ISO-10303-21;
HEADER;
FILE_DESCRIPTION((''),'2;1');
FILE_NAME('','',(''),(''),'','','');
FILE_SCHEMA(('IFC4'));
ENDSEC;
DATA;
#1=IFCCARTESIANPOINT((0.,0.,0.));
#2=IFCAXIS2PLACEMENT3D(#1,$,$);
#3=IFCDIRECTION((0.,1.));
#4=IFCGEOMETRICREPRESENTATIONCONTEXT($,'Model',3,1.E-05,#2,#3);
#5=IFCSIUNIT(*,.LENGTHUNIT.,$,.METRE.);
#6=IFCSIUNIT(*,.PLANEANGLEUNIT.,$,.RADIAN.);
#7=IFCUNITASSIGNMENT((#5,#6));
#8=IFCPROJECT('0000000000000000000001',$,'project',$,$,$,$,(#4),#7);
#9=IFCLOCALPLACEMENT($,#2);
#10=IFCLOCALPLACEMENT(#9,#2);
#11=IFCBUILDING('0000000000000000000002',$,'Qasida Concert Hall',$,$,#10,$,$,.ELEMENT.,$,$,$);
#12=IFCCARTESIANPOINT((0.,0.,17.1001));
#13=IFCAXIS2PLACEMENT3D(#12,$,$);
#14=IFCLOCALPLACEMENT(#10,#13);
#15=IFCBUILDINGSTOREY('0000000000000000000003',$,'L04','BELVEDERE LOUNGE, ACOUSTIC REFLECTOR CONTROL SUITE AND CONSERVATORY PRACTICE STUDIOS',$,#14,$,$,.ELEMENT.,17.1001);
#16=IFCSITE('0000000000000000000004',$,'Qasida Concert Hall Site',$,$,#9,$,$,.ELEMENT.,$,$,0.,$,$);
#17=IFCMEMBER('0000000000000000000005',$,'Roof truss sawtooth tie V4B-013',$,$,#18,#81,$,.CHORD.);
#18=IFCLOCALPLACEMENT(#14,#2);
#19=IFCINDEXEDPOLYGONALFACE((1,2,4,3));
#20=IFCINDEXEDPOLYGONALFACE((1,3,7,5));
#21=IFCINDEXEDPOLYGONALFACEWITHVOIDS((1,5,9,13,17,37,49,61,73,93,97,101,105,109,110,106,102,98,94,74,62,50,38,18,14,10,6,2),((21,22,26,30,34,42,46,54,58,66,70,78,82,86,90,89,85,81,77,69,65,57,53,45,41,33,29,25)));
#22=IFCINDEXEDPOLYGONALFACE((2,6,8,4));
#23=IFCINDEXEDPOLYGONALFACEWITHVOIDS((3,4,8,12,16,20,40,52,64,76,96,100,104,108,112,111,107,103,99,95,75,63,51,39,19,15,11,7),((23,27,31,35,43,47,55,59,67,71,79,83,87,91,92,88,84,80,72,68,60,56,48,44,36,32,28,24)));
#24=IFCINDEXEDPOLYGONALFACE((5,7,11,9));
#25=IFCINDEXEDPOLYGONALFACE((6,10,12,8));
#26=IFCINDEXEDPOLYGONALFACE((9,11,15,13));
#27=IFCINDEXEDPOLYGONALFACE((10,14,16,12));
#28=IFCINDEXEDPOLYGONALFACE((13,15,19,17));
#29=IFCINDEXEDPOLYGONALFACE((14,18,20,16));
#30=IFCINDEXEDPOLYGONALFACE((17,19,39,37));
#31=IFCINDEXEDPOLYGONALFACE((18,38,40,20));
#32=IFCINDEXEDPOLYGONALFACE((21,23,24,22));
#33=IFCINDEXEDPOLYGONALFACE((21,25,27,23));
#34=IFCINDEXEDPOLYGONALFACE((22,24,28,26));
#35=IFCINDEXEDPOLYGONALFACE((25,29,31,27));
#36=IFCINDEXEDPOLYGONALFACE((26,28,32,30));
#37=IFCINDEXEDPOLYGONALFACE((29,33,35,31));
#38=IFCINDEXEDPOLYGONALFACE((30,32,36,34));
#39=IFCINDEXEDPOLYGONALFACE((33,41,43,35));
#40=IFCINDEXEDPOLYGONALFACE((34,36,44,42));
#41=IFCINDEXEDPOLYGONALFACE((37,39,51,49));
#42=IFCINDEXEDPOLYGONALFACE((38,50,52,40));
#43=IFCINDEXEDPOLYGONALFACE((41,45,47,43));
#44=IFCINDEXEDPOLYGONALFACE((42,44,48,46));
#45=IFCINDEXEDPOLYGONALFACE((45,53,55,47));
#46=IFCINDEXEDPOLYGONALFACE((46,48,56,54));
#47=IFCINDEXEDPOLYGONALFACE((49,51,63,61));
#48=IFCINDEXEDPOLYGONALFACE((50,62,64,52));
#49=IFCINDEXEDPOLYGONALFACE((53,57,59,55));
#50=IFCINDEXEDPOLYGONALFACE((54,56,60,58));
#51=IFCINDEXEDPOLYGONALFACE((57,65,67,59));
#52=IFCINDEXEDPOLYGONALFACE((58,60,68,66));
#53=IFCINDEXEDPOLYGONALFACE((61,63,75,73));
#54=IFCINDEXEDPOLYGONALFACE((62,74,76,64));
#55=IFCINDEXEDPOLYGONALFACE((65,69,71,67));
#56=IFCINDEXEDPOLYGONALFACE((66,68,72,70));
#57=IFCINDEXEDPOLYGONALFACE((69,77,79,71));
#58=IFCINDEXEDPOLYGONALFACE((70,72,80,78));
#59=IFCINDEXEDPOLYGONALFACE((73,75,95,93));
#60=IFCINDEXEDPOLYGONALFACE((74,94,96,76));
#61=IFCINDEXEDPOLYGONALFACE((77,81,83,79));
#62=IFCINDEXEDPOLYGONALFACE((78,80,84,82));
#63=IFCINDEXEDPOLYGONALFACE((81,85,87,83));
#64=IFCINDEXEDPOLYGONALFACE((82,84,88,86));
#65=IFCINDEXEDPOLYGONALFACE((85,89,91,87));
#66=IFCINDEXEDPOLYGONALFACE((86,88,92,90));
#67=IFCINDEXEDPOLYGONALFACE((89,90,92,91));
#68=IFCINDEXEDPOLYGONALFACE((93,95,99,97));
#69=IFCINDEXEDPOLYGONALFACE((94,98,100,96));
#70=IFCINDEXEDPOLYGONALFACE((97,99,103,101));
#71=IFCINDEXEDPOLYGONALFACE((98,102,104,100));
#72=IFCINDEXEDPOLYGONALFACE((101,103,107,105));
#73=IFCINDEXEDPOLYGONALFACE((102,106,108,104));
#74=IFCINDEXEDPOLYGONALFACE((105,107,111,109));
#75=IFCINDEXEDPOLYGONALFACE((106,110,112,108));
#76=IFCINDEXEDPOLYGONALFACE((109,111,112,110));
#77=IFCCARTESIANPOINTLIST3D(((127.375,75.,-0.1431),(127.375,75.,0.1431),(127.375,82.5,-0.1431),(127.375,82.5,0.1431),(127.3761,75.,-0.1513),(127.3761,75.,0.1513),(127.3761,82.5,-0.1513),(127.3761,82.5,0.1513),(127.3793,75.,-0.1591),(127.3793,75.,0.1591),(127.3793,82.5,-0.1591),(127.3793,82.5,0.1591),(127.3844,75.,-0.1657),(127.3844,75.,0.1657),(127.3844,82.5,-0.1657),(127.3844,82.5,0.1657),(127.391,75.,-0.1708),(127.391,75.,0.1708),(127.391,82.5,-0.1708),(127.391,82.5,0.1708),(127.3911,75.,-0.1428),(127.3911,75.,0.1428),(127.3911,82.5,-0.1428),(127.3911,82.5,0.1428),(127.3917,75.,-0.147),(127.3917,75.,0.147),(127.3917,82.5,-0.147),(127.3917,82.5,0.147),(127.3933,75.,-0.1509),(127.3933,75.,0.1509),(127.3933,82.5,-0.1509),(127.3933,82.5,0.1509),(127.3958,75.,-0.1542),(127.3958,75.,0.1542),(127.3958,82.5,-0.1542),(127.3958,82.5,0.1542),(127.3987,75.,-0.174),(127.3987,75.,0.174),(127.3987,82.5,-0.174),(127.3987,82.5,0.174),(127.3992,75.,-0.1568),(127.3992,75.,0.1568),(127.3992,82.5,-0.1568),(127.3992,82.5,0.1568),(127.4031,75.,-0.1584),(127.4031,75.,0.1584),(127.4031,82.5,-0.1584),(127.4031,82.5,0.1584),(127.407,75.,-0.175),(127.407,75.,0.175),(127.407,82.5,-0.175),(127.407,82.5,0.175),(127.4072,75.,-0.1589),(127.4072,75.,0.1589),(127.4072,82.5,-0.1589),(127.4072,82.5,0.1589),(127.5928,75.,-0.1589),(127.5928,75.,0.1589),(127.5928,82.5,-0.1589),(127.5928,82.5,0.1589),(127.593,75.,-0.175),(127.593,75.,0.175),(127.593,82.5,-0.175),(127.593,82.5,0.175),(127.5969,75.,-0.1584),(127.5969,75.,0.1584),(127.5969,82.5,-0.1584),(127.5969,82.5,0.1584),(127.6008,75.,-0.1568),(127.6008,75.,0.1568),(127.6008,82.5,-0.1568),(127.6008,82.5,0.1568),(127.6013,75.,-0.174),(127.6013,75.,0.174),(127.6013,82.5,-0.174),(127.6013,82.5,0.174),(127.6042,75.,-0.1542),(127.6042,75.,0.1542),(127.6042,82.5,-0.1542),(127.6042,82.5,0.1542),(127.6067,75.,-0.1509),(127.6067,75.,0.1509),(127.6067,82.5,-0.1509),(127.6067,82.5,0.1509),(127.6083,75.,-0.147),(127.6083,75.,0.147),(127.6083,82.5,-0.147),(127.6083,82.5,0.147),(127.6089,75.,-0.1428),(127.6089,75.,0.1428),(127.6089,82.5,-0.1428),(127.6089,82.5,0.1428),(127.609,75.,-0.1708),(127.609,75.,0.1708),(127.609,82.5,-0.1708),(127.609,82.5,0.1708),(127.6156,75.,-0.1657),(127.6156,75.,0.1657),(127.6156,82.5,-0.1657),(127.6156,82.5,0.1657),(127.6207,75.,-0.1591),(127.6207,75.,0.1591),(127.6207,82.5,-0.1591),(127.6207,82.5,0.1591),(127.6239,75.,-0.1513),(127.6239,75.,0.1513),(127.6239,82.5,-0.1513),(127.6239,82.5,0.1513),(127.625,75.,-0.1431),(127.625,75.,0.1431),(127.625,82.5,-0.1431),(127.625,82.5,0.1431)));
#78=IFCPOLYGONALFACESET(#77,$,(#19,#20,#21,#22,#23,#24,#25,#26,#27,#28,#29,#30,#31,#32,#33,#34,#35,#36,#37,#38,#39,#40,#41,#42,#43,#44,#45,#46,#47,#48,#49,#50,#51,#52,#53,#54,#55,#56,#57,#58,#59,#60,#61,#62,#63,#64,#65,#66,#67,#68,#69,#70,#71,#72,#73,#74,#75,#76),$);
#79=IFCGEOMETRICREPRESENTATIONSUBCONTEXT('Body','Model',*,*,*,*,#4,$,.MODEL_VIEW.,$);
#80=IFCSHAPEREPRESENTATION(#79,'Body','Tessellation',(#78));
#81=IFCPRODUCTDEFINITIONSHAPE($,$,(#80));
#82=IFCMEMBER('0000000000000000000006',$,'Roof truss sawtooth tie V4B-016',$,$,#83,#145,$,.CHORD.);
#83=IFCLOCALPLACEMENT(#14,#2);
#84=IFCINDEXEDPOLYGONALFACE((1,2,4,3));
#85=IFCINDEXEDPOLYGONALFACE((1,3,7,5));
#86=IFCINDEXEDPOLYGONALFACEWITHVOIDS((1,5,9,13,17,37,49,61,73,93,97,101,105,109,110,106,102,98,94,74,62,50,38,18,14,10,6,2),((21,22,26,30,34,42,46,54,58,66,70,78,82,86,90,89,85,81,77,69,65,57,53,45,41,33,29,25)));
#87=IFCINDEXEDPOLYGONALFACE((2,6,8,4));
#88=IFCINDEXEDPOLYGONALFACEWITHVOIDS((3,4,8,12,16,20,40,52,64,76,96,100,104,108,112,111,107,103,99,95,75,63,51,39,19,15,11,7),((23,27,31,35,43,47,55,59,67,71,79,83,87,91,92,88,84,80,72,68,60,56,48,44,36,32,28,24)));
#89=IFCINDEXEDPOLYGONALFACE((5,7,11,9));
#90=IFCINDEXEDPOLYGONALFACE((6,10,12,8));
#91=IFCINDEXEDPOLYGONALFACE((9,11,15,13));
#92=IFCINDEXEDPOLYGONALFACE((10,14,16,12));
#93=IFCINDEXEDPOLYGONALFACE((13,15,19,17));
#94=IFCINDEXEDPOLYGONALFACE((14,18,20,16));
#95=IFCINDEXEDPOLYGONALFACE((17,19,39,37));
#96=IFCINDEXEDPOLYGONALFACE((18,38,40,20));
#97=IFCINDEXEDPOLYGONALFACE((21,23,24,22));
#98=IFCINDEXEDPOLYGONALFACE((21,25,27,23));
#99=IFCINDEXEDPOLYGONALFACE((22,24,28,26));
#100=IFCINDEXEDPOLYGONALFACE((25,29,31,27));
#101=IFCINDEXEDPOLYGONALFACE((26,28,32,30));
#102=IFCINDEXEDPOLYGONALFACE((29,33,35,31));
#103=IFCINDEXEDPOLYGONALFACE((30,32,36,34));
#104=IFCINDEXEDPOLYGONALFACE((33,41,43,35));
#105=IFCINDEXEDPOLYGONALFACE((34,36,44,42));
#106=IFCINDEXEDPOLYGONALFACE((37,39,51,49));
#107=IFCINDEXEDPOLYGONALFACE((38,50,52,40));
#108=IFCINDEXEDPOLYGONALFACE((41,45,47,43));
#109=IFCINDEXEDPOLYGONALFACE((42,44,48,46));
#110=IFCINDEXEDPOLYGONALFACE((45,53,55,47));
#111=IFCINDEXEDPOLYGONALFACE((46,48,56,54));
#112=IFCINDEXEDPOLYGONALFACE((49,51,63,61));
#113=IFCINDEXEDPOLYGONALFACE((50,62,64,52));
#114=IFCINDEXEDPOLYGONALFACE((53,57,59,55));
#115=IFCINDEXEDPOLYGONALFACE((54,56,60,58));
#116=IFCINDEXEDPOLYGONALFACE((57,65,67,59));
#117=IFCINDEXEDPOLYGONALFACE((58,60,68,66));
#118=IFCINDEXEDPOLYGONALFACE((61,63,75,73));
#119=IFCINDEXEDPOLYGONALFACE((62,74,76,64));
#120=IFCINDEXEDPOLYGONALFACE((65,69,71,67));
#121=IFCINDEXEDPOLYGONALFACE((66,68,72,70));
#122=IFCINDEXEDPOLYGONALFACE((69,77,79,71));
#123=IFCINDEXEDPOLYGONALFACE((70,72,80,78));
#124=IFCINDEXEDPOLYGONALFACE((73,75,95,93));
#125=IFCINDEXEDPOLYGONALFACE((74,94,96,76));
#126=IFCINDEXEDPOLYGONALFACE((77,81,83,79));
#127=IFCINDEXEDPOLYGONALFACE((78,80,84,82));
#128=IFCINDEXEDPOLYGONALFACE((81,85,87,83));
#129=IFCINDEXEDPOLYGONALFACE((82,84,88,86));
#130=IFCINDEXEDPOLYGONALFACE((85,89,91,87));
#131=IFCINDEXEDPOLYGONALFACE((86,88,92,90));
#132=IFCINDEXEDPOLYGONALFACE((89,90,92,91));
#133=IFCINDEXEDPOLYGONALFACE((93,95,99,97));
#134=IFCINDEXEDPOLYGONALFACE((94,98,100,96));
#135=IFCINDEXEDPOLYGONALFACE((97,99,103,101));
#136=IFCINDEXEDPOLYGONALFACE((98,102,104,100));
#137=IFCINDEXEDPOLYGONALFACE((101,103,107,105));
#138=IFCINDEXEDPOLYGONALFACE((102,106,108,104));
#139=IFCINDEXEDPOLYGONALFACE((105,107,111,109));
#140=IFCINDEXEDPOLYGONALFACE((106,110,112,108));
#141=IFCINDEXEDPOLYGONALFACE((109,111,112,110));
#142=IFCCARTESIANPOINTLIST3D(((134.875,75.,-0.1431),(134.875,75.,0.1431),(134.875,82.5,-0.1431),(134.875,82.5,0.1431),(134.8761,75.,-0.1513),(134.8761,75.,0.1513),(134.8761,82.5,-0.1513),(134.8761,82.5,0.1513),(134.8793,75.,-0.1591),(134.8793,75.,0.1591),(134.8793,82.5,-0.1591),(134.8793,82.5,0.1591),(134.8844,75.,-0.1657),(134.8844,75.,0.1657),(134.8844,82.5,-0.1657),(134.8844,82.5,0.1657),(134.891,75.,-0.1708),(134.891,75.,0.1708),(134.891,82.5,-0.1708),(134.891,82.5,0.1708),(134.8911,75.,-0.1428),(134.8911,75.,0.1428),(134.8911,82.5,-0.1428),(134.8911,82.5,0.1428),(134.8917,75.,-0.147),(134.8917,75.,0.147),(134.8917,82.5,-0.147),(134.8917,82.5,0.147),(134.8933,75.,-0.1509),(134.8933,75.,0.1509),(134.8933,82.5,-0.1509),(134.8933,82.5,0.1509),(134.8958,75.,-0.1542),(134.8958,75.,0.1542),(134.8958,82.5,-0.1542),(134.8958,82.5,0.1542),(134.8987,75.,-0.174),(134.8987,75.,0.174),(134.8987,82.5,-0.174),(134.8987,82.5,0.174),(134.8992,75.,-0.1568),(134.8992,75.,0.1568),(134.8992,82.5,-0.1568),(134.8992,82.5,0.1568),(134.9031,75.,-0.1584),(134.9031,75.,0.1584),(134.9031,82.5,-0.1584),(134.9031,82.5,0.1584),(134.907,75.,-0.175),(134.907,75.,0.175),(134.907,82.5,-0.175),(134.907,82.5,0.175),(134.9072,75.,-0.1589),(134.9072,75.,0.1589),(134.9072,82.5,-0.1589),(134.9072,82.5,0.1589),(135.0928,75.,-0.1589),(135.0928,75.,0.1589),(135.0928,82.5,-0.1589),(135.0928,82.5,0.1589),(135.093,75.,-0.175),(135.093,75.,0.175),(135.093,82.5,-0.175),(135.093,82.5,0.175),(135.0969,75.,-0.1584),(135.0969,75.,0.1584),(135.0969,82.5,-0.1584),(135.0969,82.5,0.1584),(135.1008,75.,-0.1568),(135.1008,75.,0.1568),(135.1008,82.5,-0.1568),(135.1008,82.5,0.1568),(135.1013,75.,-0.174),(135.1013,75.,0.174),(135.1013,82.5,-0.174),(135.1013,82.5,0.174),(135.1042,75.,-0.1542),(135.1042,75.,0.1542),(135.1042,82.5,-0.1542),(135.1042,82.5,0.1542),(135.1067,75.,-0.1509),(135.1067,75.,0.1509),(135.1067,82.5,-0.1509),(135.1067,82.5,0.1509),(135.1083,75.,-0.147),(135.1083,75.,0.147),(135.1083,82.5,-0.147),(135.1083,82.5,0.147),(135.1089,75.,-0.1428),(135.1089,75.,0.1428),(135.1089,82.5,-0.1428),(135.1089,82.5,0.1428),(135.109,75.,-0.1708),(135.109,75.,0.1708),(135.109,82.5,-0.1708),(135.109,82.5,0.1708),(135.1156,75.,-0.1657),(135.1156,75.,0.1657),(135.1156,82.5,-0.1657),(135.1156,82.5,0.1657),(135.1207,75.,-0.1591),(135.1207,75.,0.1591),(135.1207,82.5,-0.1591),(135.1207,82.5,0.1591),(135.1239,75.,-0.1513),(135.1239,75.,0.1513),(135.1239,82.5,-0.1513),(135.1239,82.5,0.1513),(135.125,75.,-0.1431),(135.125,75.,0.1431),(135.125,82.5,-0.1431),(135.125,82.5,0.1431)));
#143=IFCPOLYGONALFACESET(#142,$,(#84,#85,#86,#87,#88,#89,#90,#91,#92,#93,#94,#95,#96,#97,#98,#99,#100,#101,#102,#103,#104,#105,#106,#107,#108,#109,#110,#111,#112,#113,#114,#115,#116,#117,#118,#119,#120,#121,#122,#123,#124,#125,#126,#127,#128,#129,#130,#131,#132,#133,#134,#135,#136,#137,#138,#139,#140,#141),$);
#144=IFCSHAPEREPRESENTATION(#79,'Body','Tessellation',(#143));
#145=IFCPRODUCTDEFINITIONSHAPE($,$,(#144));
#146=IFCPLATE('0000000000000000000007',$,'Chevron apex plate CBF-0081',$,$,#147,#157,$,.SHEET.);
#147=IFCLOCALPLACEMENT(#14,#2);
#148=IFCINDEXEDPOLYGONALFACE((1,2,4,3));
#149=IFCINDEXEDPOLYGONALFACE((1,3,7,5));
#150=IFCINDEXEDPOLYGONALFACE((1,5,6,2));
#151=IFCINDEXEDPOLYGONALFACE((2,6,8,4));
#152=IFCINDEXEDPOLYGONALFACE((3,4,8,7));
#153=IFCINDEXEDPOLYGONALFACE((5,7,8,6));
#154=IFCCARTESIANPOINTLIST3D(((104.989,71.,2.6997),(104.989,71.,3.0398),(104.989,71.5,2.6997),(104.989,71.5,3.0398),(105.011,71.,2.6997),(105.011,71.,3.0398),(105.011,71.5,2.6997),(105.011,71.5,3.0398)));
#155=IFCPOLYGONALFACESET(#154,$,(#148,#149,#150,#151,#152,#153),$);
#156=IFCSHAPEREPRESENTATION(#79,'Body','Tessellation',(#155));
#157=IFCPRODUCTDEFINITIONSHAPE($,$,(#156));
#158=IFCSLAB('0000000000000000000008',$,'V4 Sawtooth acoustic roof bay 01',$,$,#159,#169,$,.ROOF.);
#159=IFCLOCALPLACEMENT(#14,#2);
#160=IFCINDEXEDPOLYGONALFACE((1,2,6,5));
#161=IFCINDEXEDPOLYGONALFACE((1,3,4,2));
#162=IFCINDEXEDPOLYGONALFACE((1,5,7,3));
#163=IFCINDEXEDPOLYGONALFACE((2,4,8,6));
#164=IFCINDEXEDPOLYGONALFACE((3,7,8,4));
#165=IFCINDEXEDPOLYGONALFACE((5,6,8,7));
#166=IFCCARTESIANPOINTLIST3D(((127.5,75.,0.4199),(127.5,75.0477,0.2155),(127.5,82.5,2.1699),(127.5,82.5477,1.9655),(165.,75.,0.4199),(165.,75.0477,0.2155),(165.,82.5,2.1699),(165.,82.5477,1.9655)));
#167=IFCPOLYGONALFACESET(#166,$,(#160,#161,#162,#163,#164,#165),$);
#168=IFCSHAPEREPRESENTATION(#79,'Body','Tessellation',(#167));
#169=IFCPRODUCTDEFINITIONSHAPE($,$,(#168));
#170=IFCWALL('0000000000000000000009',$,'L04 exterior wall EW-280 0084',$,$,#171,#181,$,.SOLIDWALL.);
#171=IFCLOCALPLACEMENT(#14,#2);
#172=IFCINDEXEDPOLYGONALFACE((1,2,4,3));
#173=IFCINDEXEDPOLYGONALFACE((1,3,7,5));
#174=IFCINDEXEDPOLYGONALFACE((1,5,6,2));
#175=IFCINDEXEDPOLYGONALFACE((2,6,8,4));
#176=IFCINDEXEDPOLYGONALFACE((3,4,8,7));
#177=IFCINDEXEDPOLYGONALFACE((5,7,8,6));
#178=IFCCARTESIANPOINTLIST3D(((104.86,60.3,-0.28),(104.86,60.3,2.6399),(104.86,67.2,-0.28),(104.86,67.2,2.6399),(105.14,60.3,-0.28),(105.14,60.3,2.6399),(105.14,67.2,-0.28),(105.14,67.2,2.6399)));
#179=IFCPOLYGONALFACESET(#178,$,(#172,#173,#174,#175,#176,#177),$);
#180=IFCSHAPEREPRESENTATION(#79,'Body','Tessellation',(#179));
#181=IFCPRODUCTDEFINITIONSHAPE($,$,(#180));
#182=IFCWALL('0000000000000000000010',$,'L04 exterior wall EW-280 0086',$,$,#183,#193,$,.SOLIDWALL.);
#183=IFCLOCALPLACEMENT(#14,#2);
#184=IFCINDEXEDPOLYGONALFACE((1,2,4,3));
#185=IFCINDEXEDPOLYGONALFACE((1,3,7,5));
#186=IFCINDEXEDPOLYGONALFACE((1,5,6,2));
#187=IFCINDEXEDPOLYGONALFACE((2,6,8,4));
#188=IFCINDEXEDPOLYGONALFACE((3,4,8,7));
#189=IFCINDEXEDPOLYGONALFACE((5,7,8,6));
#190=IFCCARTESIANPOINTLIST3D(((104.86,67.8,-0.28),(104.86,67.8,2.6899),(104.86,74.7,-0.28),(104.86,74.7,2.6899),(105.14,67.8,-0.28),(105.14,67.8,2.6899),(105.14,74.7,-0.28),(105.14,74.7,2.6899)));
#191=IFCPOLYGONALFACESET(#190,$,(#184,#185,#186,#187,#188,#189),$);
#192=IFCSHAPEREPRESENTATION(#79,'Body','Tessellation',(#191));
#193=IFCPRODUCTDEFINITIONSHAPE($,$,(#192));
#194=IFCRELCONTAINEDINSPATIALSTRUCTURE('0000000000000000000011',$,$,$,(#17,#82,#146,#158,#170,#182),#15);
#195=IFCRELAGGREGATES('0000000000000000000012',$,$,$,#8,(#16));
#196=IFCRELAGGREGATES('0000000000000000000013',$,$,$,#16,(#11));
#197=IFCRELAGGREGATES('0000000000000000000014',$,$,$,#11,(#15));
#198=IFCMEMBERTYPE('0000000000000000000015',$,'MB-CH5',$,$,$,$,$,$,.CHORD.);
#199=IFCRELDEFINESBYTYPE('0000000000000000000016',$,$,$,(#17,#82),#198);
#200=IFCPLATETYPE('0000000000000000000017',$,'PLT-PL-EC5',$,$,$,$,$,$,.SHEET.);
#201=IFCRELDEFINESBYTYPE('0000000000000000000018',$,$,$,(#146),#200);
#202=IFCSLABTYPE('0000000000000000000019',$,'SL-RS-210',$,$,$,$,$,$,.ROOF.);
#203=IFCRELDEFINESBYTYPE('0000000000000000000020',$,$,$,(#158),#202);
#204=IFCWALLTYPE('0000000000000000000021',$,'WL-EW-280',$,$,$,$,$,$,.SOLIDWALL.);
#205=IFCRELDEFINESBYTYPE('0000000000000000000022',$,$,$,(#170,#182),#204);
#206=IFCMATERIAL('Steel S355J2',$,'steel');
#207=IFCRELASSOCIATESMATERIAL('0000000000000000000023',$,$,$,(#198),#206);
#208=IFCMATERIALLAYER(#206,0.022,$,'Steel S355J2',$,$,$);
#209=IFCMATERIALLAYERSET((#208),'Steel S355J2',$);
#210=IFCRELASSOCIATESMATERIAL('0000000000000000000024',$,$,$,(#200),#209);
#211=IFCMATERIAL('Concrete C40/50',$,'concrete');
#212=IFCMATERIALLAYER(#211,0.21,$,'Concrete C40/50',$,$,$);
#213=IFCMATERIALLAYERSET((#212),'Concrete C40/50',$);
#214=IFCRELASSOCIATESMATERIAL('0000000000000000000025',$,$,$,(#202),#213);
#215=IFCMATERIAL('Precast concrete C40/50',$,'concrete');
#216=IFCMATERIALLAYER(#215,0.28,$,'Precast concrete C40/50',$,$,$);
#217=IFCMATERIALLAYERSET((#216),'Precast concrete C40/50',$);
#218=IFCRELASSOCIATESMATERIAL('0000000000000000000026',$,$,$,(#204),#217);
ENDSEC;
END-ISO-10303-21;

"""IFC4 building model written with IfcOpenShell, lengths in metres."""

from ifc_helpers import new_model, si_unit, direction, frame, frame_2d, origin, origin_2d, place, context, subcontext, project, spatial, polyline, rectangle, hollow_rectangle, outline, extrude, material, layer, layer_set, material_profile, profile_set, type_object, element, save


model = new_model("IFC4")

# Units and contexts
model_context = context("Model", 3, precision=1e-05, world=origin(), true_north=direction((0.0, 1.0)))
body_context = subcontext(model_context, "Body", "Model", "MODEL_VIEW")
ifc_project = project(units=[si_unit("LENGTHUNIT", "METRE"), si_unit("PLANEANGLEUNIT", "RADIAN")], contexts=[model_context])

# Site, building, storey
site_placement = place(None, origin())
site = spatial("IfcSite", under=ifc_project, at=site_placement, Name="Qasida Concert Hall Site", CompositionType="ELEMENT", RefElevation=0.0)
building_placement = place(site_placement, origin())
building = spatial("IfcBuilding", under=site, at=building_placement, Name="Qasida Concert Hall", CompositionType="ELEMENT")
storey_placement = place(building_placement, frame((0.0, 0.0, 17.1001)))
storey = spatial("IfcBuildingStorey", under=building, at=storey_placement, Name="L04", Description="BELVEDERE LOUNGE, ACOUSTIC REFLECTOR CONTROL SUITE AND CONSERVATORY PRACTICE STUDIOS", CompositionType="ELEMENT", Elevation=17.1001)

# Shared definitions
ifc_material_1 = material(Name="Concrete C40/50", Category="concrete")

# Members
ifc_material_2 = material(Name="Steel S355J2", Category="steel")
ifc_material_profile_1 = material_profile(ifc_material_2, hollow_rectangle(XDim=0.25, YDim=0.3501, WallThickness=0.0161, InnerFilletRadius=0.0161, OuterFilletRadius=0.032, at=origin_2d()), Name="RHS 350x250x16")
ifc_profile_set_1 = profile_set([ifc_material_profile_1], Name="Steel S355J2")
member_type_1 = type_object("IfcMemberType", Name="MB-CH5", PredefinedType="CHORD", material=ifc_profile_set_1)
for number, where, z_axis, x_axis, name in (
    (1, (127.5, 75.0, 0.0), (0.0, 1.0, 0.0), (-1.0, 0.0, 0.0), "Roof truss sawtooth tie V4B-013"),
    (2, (135.0, 75.0, 0.0), (0.0, 1.0, 0.0), (-1.0, 0.0, 0.0), "Roof truss sawtooth tie V4B-016"),
):
    element("IfcMember", number, at=place(storey_placement, frame(where, z_axis=z_axis, x_axis=x_axis)), inside=storey, type_object=member_type_1, Name=name, PredefinedType="CHORD", context=body_context, shape_type="SweptSolid", body=[
        extrude(hollow_rectangle(XDim=0.25, YDim=0.3501, WallThickness=0.0161, InnerFilletRadius=0.0161, OuterFilletRadius=0.032, at=origin_2d()), origin(), (0.0, 0.0, 1.0), 7.5),
    ])

# Plate
ifc_layer_1 = layer(ifc_material_2, 0.022, Name="Steel S355J2")
ifc_layer_set_1 = layer_set([ifc_layer_1], Name="Steel S355J2")
plate_type = type_object("IfcPlateType", Name="PLT-PL-EC5", PredefinedType="SHEET", material=ifc_layer_set_1)
plate_placement = place(storey_placement, frame((105.0, 71.25, 2.6997), z_axis=(0.0, 0.0, 1.0), x_axis=(0.0, 1.0, 0.0)))
element("IfcPlate", 3, at=plate_placement, inside=storey, type_object=plate_type, Name="Chevron apex plate CBF-0081", PredefinedType="SHEET", context=body_context, shape_type="SweptSolid", body=[
    extrude(rectangle(XDim=0.5, YDim=0.022, at=origin_2d()), origin(), (0.0, 0.0, 1.0), 0.3401),
])

# Slab
ifc_layer_2 = layer(ifc_material_1, 0.21, Name="Concrete C40/50")
ifc_layer_set_2 = layer_set([ifc_layer_2], Name="Concrete C40/50")
slab_type = type_object("IfcSlabType", Name="SL-RS-210", PredefinedType="ROOF", material=ifc_layer_set_2)
slab_placement = place(storey_placement, frame((127.5, 75.0, 0.4199), z_axis=(0.0, -0.22723, 0.973841), x_axis=(1.0, 0.0, 0.0)))
element("IfcSlab", 4, at=slab_placement, inside=storey, type_object=slab_type, Name="V4 Sawtooth acoustic roof bay 01", PredefinedType="ROOF", context=body_context, shape_type="SweptSolid", body=[
    extrude(outline(polyline([(0.0, 0.0), (37.5, 0.0), (37.5, 7.7015), (0.0, 7.7015), (0.0, 0.0)])), origin(), (0.0, 0.0, -1.0), 0.21),
])

# Walls
ifc_material_3 = material(Name="Precast concrete C40/50", Category="concrete")
ifc_layer_3 = layer(ifc_material_3, 0.28, Name="Precast concrete C40/50")
ifc_layer_set_3 = layer_set([ifc_layer_3], Name="Precast concrete C40/50")
wall_type = type_object("IfcWallType", Name="WL-EW-280", PredefinedType="SOLIDWALL", material=ifc_layer_set_3)
wall_1_placement = place(storey_placement, frame((105.0, 60.3, -0.28), z_axis=(0.0, 0.0, 1.0), x_axis=(0.0, 1.0, 0.0)))
element("IfcWall", 5, at=wall_1_placement, inside=storey, type_object=wall_type, Name="L04 exterior wall EW-280 0084", PredefinedType="SOLIDWALL", context=body_context, shape_type="SweptSolid", body=[
    extrude(rectangle(XDim=6.8999, YDim=0.28, at=frame_2d((3.45, 0.0))), origin(), (0.0, 0.0, 1.0), 2.9199),
])
wall_2_placement = place(storey_placement, frame((105.0, 67.8, -0.28), z_axis=(0.0, 0.0, 1.0), x_axis=(0.0, 1.0, 0.0)))
element("IfcWall", 6, at=wall_2_placement, inside=storey, type_object=wall_type, Name="L04 exterior wall EW-280 0086", PredefinedType="SOLIDWALL", context=body_context, shape_type="SweptSolid", body=[
    extrude(rectangle(XDim=6.8999, YDim=0.28, at=frame_2d((3.45, 0.0))), origin(), (0.0, 0.0, 1.0), 2.97),
])

save(model, "model.ifc")
